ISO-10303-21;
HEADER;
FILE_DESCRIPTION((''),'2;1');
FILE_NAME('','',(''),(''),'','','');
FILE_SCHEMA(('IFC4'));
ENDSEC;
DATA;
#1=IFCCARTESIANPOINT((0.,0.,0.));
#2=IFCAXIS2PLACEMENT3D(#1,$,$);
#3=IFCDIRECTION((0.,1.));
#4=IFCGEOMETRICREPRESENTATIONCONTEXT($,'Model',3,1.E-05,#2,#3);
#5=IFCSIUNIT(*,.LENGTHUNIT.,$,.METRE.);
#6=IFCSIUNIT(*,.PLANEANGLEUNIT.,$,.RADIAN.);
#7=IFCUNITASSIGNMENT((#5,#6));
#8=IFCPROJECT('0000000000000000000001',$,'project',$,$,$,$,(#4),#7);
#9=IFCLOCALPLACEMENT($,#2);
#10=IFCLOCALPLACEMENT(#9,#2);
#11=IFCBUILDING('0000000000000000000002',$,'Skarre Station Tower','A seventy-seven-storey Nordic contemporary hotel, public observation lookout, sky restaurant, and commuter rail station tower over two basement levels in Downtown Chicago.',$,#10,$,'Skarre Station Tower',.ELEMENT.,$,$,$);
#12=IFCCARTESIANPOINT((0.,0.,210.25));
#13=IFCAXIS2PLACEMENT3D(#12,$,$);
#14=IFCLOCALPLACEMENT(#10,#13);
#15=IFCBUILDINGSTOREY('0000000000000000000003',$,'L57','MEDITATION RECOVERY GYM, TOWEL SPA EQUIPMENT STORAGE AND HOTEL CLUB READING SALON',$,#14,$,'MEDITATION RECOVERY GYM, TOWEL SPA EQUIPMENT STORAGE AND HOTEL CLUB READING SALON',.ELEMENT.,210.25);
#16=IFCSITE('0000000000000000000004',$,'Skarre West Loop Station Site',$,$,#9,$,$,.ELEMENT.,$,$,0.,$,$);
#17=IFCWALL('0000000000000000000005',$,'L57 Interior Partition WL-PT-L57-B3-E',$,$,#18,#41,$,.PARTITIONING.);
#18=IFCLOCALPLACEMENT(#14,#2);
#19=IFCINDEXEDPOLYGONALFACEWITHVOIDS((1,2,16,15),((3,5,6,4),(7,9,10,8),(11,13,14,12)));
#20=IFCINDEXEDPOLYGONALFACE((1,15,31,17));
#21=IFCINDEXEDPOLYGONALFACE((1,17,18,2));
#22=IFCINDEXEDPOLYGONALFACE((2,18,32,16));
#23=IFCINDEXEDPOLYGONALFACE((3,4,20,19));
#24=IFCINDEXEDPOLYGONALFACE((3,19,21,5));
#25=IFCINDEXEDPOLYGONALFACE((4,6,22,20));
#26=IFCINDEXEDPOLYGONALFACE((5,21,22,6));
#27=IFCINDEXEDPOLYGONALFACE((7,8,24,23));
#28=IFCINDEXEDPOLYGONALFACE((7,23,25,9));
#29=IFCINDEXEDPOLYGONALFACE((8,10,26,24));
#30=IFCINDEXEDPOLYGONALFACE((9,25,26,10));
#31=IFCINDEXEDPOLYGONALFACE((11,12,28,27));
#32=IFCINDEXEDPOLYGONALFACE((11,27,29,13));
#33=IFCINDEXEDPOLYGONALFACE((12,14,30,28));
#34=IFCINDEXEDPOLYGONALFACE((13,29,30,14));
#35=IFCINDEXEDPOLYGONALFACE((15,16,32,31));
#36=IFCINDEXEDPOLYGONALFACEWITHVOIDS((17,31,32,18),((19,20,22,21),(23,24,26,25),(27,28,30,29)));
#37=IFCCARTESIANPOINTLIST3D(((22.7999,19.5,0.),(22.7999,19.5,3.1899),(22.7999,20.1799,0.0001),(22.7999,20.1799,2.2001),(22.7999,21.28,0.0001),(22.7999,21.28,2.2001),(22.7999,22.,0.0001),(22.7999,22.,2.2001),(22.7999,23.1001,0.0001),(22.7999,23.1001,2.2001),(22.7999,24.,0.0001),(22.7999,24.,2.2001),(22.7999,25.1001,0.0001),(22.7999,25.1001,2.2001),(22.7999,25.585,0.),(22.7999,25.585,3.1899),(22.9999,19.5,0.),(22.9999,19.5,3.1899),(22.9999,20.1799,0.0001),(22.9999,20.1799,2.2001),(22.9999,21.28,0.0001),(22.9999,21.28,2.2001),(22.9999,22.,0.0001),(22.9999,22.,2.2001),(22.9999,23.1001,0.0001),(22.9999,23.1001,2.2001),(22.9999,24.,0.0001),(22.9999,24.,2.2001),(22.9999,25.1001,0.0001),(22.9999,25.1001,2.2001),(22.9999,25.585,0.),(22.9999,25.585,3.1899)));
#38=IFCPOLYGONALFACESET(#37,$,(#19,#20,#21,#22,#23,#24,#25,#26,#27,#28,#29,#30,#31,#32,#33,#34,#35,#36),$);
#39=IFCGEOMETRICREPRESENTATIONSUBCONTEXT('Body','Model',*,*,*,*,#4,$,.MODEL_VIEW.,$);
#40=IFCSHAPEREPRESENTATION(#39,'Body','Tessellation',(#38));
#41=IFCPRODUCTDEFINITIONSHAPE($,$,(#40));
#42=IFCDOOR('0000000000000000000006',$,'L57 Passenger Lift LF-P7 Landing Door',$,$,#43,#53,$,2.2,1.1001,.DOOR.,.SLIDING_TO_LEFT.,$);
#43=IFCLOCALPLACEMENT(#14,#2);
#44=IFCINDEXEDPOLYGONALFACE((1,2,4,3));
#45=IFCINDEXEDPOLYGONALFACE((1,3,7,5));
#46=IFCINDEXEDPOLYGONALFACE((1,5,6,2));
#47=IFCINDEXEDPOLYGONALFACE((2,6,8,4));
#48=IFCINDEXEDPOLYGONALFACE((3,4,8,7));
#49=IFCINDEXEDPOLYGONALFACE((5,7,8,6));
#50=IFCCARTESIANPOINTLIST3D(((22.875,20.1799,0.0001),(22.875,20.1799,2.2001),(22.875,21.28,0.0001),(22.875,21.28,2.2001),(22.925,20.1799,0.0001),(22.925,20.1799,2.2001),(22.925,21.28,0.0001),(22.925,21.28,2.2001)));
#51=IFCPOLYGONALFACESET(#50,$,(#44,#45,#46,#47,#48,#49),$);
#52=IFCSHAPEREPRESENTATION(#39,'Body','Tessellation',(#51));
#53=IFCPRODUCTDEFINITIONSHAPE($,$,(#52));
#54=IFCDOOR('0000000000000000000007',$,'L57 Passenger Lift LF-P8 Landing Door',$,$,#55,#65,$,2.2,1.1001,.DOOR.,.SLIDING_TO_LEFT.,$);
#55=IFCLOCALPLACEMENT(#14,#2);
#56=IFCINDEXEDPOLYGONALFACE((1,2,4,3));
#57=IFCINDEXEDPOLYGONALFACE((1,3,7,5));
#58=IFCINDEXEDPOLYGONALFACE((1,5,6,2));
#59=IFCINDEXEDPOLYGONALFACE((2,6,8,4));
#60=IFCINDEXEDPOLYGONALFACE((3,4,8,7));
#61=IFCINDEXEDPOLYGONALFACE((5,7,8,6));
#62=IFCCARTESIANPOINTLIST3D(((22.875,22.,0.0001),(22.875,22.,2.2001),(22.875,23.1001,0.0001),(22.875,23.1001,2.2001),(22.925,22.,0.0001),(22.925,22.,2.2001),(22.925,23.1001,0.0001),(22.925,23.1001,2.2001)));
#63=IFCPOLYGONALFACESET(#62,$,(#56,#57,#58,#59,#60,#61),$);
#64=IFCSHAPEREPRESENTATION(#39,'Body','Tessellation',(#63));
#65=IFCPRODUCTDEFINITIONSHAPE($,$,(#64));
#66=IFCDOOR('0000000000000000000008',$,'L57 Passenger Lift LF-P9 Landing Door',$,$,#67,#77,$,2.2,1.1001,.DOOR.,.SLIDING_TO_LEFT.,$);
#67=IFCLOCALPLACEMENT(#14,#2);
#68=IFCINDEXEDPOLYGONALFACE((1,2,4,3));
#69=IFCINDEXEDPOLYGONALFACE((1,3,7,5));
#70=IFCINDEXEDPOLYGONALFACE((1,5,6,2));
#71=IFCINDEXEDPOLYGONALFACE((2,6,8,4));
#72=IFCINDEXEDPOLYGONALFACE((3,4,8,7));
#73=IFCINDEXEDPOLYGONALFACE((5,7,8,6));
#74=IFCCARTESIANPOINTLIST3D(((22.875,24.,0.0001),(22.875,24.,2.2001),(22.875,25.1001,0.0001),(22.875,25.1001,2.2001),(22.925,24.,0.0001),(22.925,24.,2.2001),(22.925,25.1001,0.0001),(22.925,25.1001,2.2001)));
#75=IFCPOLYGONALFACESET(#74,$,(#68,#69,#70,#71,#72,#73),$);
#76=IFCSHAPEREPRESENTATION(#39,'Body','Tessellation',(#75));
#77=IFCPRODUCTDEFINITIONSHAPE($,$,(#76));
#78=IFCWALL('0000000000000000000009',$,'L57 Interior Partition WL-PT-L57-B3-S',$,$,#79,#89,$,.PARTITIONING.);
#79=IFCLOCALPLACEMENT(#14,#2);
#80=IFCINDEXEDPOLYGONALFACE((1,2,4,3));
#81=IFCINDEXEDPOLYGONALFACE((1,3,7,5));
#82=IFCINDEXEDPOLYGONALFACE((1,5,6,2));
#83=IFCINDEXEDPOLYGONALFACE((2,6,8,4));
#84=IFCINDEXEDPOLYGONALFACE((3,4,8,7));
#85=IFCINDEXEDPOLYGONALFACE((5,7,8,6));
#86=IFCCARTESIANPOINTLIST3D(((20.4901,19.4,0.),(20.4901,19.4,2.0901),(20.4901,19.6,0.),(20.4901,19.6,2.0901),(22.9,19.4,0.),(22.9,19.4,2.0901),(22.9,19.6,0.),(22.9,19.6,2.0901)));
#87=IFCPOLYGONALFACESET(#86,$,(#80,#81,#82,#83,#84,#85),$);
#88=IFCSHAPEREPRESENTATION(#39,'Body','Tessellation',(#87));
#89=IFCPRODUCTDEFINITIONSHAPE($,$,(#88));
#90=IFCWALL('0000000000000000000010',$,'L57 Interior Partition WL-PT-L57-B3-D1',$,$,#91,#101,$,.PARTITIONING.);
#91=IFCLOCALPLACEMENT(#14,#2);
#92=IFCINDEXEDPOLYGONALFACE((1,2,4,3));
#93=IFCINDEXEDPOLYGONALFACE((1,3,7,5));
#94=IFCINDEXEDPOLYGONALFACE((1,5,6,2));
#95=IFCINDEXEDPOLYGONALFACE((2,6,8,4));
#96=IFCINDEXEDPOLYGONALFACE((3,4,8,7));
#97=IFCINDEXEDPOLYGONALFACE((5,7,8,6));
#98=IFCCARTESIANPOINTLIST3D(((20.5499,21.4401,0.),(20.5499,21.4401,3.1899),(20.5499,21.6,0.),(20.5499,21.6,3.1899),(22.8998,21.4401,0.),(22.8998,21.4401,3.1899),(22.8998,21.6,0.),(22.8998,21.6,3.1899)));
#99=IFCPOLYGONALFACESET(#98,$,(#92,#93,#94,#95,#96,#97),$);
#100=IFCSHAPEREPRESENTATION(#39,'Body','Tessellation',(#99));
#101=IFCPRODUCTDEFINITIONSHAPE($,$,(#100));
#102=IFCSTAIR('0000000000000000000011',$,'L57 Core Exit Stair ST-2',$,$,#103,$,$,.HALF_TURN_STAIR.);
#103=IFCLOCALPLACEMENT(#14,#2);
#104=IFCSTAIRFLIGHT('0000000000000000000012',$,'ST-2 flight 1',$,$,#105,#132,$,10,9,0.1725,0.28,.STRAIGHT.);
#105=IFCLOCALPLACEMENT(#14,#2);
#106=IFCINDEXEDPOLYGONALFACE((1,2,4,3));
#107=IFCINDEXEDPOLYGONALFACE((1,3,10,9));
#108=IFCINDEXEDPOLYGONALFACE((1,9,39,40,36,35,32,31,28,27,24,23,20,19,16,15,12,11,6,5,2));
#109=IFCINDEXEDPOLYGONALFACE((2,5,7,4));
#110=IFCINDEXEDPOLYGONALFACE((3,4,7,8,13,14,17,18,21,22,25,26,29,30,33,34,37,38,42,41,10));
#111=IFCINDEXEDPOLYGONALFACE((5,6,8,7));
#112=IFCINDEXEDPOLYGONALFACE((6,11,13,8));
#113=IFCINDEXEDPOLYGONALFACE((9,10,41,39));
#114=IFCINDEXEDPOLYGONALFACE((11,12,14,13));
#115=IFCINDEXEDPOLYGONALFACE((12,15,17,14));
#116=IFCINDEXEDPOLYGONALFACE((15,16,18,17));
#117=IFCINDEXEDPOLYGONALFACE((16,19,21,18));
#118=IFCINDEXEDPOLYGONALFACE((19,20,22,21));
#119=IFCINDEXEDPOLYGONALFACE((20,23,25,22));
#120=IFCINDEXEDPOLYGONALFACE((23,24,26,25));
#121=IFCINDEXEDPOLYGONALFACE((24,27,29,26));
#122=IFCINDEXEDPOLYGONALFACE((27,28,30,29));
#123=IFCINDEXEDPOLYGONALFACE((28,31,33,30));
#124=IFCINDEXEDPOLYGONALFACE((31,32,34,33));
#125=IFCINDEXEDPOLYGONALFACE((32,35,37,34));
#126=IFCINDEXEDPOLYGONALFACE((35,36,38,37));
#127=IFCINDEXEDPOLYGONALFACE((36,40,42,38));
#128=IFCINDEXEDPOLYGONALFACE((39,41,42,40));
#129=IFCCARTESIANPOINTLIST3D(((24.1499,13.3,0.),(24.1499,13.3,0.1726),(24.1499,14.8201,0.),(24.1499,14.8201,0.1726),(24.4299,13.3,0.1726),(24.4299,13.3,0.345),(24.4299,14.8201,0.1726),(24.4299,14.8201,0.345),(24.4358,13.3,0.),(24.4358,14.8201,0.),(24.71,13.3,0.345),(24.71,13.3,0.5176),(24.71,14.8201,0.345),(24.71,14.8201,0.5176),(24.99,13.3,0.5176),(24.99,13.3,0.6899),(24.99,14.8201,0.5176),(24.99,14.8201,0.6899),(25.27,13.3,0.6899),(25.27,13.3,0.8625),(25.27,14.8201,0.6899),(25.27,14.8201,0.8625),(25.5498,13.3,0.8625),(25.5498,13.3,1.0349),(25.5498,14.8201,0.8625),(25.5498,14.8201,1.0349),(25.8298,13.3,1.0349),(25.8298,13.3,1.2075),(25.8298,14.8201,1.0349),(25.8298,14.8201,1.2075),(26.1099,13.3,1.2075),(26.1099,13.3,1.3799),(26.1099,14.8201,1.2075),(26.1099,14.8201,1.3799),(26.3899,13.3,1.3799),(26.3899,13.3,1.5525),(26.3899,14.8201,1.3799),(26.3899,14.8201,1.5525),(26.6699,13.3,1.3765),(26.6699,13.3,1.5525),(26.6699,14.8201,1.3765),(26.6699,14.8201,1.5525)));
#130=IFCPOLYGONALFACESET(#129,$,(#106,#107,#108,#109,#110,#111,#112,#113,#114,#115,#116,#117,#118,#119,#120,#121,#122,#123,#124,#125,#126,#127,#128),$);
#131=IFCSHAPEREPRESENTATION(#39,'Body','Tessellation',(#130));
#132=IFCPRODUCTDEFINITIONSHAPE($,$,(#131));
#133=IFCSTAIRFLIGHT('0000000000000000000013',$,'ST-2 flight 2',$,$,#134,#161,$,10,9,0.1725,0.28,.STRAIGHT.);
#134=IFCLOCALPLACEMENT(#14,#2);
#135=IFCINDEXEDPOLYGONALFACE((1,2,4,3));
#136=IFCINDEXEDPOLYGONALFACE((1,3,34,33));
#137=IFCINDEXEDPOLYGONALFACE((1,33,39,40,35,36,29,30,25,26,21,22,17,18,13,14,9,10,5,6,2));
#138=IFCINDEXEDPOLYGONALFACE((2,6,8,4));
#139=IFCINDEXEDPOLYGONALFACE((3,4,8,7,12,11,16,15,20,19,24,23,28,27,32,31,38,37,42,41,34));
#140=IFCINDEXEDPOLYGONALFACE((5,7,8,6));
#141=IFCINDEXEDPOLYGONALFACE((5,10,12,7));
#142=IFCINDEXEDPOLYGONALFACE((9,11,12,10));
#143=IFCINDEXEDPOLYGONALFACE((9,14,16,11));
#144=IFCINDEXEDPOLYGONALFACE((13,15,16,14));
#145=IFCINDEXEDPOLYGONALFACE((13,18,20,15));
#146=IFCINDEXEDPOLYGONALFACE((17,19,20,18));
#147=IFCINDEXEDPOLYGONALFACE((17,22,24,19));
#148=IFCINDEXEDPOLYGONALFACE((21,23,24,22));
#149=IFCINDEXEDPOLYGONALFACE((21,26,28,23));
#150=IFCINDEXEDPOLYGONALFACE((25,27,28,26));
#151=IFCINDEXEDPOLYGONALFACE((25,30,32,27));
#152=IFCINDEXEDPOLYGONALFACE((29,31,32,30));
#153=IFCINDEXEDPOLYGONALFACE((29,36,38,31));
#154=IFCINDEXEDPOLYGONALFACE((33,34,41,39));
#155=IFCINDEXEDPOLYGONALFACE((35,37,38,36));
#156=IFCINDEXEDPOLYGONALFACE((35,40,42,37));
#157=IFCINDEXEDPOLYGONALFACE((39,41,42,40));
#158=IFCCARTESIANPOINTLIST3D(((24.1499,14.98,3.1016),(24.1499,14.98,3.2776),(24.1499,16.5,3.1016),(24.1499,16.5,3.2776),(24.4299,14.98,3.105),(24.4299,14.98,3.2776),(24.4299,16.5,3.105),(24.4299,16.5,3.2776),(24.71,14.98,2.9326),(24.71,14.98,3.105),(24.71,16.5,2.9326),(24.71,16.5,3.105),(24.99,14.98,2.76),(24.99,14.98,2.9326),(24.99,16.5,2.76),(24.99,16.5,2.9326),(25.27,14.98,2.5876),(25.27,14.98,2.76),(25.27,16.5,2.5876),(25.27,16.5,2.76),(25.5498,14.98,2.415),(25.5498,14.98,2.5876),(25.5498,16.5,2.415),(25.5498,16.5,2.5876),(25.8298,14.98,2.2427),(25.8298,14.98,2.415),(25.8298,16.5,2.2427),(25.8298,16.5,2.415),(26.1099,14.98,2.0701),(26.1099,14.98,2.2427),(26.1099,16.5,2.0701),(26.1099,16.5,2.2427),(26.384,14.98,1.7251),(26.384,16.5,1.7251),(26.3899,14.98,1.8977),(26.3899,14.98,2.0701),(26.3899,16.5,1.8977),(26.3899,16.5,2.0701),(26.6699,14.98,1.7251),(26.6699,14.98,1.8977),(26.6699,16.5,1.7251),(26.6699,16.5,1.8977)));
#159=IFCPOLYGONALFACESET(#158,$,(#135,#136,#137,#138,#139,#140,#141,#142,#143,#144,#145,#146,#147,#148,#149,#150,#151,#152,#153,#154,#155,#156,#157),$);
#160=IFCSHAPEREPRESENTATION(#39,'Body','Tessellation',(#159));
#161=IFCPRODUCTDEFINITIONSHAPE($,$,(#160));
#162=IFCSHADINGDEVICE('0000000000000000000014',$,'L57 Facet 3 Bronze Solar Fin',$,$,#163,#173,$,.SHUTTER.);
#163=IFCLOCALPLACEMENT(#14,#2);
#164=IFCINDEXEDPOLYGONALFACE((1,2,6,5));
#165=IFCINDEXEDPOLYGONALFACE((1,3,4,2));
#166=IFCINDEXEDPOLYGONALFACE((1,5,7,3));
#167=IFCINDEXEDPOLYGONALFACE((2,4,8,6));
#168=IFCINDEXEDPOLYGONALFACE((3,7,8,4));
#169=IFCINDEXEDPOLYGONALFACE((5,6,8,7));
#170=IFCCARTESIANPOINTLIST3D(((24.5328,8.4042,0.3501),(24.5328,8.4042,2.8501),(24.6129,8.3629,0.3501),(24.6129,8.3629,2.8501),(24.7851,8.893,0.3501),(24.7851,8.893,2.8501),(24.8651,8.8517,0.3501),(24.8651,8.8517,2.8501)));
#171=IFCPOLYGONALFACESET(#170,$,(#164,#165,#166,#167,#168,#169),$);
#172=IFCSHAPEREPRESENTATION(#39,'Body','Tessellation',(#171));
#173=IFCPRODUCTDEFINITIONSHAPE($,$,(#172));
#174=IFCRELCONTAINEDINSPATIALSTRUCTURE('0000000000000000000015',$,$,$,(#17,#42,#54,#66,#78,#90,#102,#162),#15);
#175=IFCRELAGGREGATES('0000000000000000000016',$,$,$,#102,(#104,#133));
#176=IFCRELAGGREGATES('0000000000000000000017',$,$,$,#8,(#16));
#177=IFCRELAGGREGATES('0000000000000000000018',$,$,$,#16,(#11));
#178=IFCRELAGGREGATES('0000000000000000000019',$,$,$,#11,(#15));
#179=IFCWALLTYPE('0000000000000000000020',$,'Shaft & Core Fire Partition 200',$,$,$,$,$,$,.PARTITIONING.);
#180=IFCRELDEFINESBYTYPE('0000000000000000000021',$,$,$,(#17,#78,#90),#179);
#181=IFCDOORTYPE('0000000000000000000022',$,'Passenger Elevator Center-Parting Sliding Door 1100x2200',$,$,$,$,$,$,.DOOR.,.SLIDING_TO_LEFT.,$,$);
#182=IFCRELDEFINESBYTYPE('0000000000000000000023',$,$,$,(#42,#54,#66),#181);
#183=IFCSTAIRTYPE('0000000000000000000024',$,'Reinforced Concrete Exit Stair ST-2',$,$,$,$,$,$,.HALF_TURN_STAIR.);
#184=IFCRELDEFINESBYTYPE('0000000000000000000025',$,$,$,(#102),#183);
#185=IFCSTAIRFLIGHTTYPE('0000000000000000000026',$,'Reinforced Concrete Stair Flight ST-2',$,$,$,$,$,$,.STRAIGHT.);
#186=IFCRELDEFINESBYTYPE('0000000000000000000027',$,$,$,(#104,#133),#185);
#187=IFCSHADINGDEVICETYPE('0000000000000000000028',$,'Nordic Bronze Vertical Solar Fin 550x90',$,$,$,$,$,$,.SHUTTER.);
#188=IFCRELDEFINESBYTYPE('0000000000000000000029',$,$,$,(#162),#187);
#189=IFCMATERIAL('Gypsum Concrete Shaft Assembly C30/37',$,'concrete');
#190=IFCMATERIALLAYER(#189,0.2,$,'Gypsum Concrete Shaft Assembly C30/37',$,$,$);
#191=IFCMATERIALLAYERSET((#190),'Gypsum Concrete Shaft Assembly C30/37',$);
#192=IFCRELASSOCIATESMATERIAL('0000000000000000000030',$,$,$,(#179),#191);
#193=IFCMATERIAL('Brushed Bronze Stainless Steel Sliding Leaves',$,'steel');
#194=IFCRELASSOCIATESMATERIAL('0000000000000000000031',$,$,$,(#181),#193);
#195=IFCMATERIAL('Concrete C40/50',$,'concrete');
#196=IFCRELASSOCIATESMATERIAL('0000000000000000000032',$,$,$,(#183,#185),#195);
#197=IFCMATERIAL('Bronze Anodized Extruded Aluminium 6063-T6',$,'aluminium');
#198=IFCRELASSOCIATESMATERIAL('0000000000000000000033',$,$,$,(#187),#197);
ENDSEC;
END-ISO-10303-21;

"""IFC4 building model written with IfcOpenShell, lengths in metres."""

from ifc_helpers import new_model, si_unit, direction, frame, frame_2d, origin, origin_2d, place, context, subcontext, project, spatial, polyline, rectangle, outline, extrude, material, layer, layer_set, type_object, element, fill, aggregate, save


model = new_model("IFC4")

# Units and contexts
model_context = context("Model", 3, precision=1e-05, world=origin(), true_north=direction((0.0, 1.0)))
body_context = subcontext(model_context, "Body", "Model", "MODEL_VIEW")
ifc_project = project(units=[si_unit("LENGTHUNIT", "METRE"), si_unit("PLANEANGLEUNIT", "RADIAN")], contexts=[model_context])

# Site, building, storey
site_placement = place(None, origin())
site = spatial("IfcSite", under=ifc_project, at=site_placement, Name="Skarre West Loop Station Site", CompositionType="ELEMENT", RefElevation=0.0)
building_placement = place(site_placement, origin())
building = spatial("IfcBuilding", under=site, at=building_placement, Name="Skarre Station Tower", Description="A seventy-seven-storey Nordic contemporary hotel, public observation lookout, sky restaurant, and commuter rail station tower over two basement levels in Downtown Chicago.", LongName="Skarre Station Tower", CompositionType="ELEMENT")
storey_placement = place(building_placement, frame((0.0, 0.0, 210.25)))
storey = spatial("IfcBuildingStorey", under=building, at=storey_placement, Name="L57", Description="MEDITATION RECOVERY GYM, TOWEL SPA EQUIPMENT STORAGE AND HOTEL CLUB READING SALON", LongName="MEDITATION RECOVERY GYM, TOWEL SPA EQUIPMENT STORAGE AND HOTEL CLUB READING SALON", CompositionType="ELEMENT", Elevation=210.25)

# Wall, openings, doors
ifc_material_1 = material(Name="Gypsum Concrete Shaft Assembly C30/37", Category="concrete")
ifc_layer_1 = layer(ifc_material_1, 0.2, Name="Gypsum Concrete Shaft Assembly C30/37")
ifc_layer_set_1 = layer_set([ifc_layer_1], Name="Gypsum Concrete Shaft Assembly C30/37")
wall_type_1 = type_object("IfcWallType", Name="Shaft & Core Fire Partition 200", PredefinedType="PARTITIONING", material=ifc_layer_set_1)
wall_1_placement = place(storey_placement, frame((22.8999, 19.5, 0.0), z_axis=(0.0, 0.0, 1.0), x_axis=(0.0, 1.0, 0.0)))
wall_1 = element("IfcWall", 1, at=wall_1_placement, inside=storey, type_object=wall_type_1, Name="L57 Interior Partition WL-PT-L57-B3-E", PredefinedType="PARTITIONING", context=body_context, shape_type="SweptSolid", body=[
    extrude(rectangle(XDim=6.085, YDim=0.2, at=frame_2d((3.0425, 0.0))), origin(), (0.0, 0.0, 1.0), 3.1899),
])
opening_1_placement = place(wall_1_placement, frame((0.6799, 0.0, 0.0)))
opening_1 = element("IfcOpeningElement", 2, at=opening_1_placement, cuts=wall_1, PredefinedType="OPENING", context=body_context, shape_type="SweptSolid", body=[
    extrude(rectangle(XDim=1.1001, YDim=2.2, at=frame_2d((0.55, 1.1001))), frame((0.0, 0.1099, 0.0), z_axis=(0.0, -1.0, 0.0), x_axis=(1.0, 0.0, 0.0)), (0.0, 0.0, 1.0), 0.22),
])
opening_2_placement = place(wall_1_placement, frame((2.5, 0.0, 0.0)))
opening_2 = element("IfcOpeningElement", 3, at=opening_2_placement, cuts=wall_1, PredefinedType="OPENING", context=body_context, shape_type="SweptSolid", body=[
    extrude(rectangle(XDim=1.1001, YDim=2.2, at=frame_2d((0.55, 1.1001))), frame((0.0, 0.1099, 0.0), z_axis=(0.0, -1.0, 0.0), x_axis=(1.0, 0.0, 0.0)), (0.0, 0.0, 1.0), 0.22),
])
opening_3_placement = place(wall_1_placement, frame((4.5, 0.0, 0.0)))
opening_3 = element("IfcOpeningElement", 4, at=opening_3_placement, cuts=wall_1, PredefinedType="OPENING", context=body_context, shape_type="SweptSolid", body=[
    extrude(rectangle(XDim=1.1001, YDim=2.2, at=frame_2d((0.55, 1.1001))), frame((0.0, 0.1099, 0.0), z_axis=(0.0, -1.0, 0.0), x_axis=(1.0, 0.0, 0.0)), (0.0, 0.0, 1.0), 0.22),
])
ifc_material_2 = material(Name="Brushed Bronze Stainless Steel Sliding Leaves", Category="steel")
door_type_1 = type_object("IfcDoorType", Name="Passenger Elevator Center-Parting Sliding Door 1100x2200", OperationType="SLIDING_TO_LEFT", PredefinedType="DOOR", material=ifc_material_2)
door_1_placement = place(opening_1_placement, origin())
door_1 = element("IfcDoor", 5, at=door_1_placement, inside=storey, type_object=door_type_1, Name="L57 Passenger Lift LF-P7 Landing Door", OperationType="SLIDING_TO_LEFT", OverallHeight=2.2, OverallWidth=1.1001, PredefinedType="DOOR", context=body_context, shape_type="SweptSolid", body=[
    extrude(rectangle(XDim=1.1001, YDim=2.2, at=frame_2d((0.55, 1.1001))), frame((0.0, 0.0249, 0.0), z_axis=(0.0, -1.0, 0.0), x_axis=(1.0, 0.0, 0.0)), (0.0, 0.0, 1.0), 0.05),
])
fill(opening_1, door_1)
door_2_placement = place(opening_2_placement, origin())
door_2 = element("IfcDoor", 6, at=door_2_placement, inside=storey, type_object=door_type_1, Name="L57 Passenger Lift LF-P8 Landing Door", OperationType="SLIDING_TO_LEFT", OverallHeight=2.2, OverallWidth=1.1001, PredefinedType="DOOR", context=body_context, shape_type="SweptSolid", body=[
    extrude(rectangle(XDim=1.1001, YDim=2.2, at=frame_2d((0.55, 1.1001))), frame((0.0, 0.0249, 0.0), z_axis=(0.0, -1.0, 0.0), x_axis=(1.0, 0.0, 0.0)), (0.0, 0.0, 1.0), 0.05),
])
fill(opening_2, door_2)
door_3_placement = place(opening_3_placement, origin())
door_3 = element("IfcDoor", 7, at=door_3_placement, inside=storey, type_object=door_type_1, Name="L57 Passenger Lift LF-P9 Landing Door", OperationType="SLIDING_TO_LEFT", OverallHeight=2.2, OverallWidth=1.1001, PredefinedType="DOOR", context=body_context, shape_type="SweptSolid", body=[
    extrude(rectangle(XDim=1.1001, YDim=2.2, at=frame_2d((0.55, 1.1001))), frame((0.0, 0.0249, 0.0), z_axis=(0.0, -1.0, 0.0), x_axis=(1.0, 0.0, 0.0)), (0.0, 0.0, 1.0), 0.05),
])
fill(opening_3, door_3)

# Walls
wall_2_placement = place(storey_placement, frame((20.49, 19.5, 0.0), z_axis=(0.0, 0.0, 1.0), x_axis=(1.0, 0.0, 0.0)))
element("IfcWall", 8, at=wall_2_placement, inside=storey, type_object=wall_type_1, Name="L57 Interior Partition WL-PT-L57-B3-S", PredefinedType="PARTITIONING", context=body_context, shape_type="SweptSolid", body=[
    extrude(rectangle(XDim=2.4099, YDim=0.2, at=frame_2d((1.2051, 0.0))), origin(), (0.0, 0.0, 1.0), 2.0901),
])
wall_3_placement = place(storey_placement, frame((20.55, 21.52, 0.0), z_axis=(0.0, 0.0, 1.0), x_axis=(1.0, 0.0, 0.0)))
element("IfcWall", 9, at=wall_3_placement, inside=storey, type_object=wall_type_1, Name="L57 Interior Partition WL-PT-L57-B3-D1", PredefinedType="PARTITIONING", context=body_context, shape_type="SweptSolid", body=[
    extrude(rectangle(XDim=2.3499, YDim=0.1599, at=frame_2d((1.1748, 0.0))), origin(), (0.0, 0.0, 1.0), 3.1899),
])

# Stair, stair flights
ifc_material_3 = material(Name="Concrete C40/50", Category="concrete")
stair_type = type_object("IfcStairType", Name="Reinforced Concrete Exit Stair ST-2", PredefinedType="HALF_TURN_STAIR", material=ifc_material_3)
stair_placement = place(storey_placement, origin())
stair = element("IfcStair", 10, at=stair_placement, inside=storey, type_object=stair_type, Name="L57 Core Exit Stair ST-2", PredefinedType="HALF_TURN_STAIR")
stair_flight_type = type_object("IfcStairFlightType", Name="Reinforced Concrete Stair Flight ST-2", PredefinedType="STRAIGHT", material=ifc_material_3)
stair_flight_1_placement = place(storey_placement, frame((24.1499, 14.0601, 0.0), z_axis=(0.0, 0.0, 1.0), x_axis=(1.0, 0.0, 0.0)))
stair_flight_1 = element("IfcStairFlight", 11, at=stair_flight_1_placement, type_object=stair_flight_type, Name="ST-2 flight 1", NumberOfRisers=10, NumberOfTreads=9, PredefinedType="STRAIGHT", RiserHeight=0.1725, TreadLength=0.28, context=body_context, shape_type="SweptSolid", body=[
    extrude(outline(polyline([(0.0, 0.0), (0.0, 0.1726), (0.28, 0.1726), (0.28, 0.345), (0.5601, 0.345), (0.5601, 0.5176), (0.8401, 0.5176), (0.8401, 0.6899), (1.1201, 0.6899), (1.1201, 0.8625), (1.3999, 0.8625), (1.3999, 1.0349), (1.6799, 1.0349), (1.6799, 1.2075), (1.96, 1.2075), (1.96, 1.3799), (2.24, 1.3799), (2.24, 1.5525), (2.52, 1.5525), (2.52, 1.7251), (2.52, 1.3765), (0.2859, 0.0), (0.0, 0.0)])), frame((0.0, 0.76, 0.0), z_axis=(0.0, -1.0, 0.0), x_axis=(1.0, 0.0, 0.0)), (0.0, 0.0, 1.0), 1.52),
])
stair_flight_2_placement = place(storey_placement, frame((26.6699, 15.74, 1.7251), z_axis=(0.0, 0.0, 1.0), x_axis=(-1.0, 0.0, 0.0)))
stair_flight_2 = element("IfcStairFlight", 12, at=stair_flight_2_placement, type_object=stair_flight_type, Name="ST-2 flight 2", NumberOfRisers=10, NumberOfTreads=9, PredefinedType="STRAIGHT", RiserHeight=0.1725, TreadLength=0.28, context=body_context, shape_type="SweptSolid", body=[
    extrude(outline(polyline([(0.0, 0.0), (0.0, 0.1726), (0.28, 0.1726), (0.28, 0.345), (0.5601, 0.345), (0.5601, 0.5176), (0.8401, 0.5176), (0.8401, 0.6899), (1.1201, 0.6899), (1.1201, 0.8625), (1.3999, 0.8625), (1.3999, 1.0349), (1.6799, 1.0349), (1.6799, 1.2075), (1.96, 1.2075), (1.96, 1.3799), (2.24, 1.3799), (2.24, 1.5525), (2.52, 1.5525), (2.52, 1.7251), (2.52, 1.3765), (0.2859, 0.0), (0.0, 0.0)])), frame((0.0, 0.76, 0.0), z_axis=(0.0, -1.0, 0.0), x_axis=(1.0, 0.0, 0.0)), (0.0, 0.0, 1.0), 1.52),
])
aggregate(stair, [stair_flight_1, stair_flight_2])

# Shading device
ifc_material_4 = material(Name="Bronze Anodized Extruded Aluminium 6063-T6", Category="aluminium")
shading_device_type = type_object("IfcShadingDeviceType", Name="Nordic Bronze Vertical Solar Fin 550x90", PredefinedType="SHUTTER", material=ifc_material_4)
shading_device_placement = place(storey_placement, frame((24.699, 8.6279, 0.3501), z_axis=(0.0, 0.0, 1.0), x_axis=(-0.458634, -0.888625, 0.0)))
element("IfcShadingDevice", 13, at=shading_device_placement, inside=storey, type_object=shading_device_type, Name="L57 Facet 3 Bronze Solar Fin", PredefinedType="SHUTTER", context=body_context, shape_type="SweptSolid", body=[
    extrude(rectangle(XDim=0.55, YDim=0.0901, at=origin_2d()), origin(), (0.0, 0.0, 1.0), 2.5),
])

save(model, "model.ifc")
